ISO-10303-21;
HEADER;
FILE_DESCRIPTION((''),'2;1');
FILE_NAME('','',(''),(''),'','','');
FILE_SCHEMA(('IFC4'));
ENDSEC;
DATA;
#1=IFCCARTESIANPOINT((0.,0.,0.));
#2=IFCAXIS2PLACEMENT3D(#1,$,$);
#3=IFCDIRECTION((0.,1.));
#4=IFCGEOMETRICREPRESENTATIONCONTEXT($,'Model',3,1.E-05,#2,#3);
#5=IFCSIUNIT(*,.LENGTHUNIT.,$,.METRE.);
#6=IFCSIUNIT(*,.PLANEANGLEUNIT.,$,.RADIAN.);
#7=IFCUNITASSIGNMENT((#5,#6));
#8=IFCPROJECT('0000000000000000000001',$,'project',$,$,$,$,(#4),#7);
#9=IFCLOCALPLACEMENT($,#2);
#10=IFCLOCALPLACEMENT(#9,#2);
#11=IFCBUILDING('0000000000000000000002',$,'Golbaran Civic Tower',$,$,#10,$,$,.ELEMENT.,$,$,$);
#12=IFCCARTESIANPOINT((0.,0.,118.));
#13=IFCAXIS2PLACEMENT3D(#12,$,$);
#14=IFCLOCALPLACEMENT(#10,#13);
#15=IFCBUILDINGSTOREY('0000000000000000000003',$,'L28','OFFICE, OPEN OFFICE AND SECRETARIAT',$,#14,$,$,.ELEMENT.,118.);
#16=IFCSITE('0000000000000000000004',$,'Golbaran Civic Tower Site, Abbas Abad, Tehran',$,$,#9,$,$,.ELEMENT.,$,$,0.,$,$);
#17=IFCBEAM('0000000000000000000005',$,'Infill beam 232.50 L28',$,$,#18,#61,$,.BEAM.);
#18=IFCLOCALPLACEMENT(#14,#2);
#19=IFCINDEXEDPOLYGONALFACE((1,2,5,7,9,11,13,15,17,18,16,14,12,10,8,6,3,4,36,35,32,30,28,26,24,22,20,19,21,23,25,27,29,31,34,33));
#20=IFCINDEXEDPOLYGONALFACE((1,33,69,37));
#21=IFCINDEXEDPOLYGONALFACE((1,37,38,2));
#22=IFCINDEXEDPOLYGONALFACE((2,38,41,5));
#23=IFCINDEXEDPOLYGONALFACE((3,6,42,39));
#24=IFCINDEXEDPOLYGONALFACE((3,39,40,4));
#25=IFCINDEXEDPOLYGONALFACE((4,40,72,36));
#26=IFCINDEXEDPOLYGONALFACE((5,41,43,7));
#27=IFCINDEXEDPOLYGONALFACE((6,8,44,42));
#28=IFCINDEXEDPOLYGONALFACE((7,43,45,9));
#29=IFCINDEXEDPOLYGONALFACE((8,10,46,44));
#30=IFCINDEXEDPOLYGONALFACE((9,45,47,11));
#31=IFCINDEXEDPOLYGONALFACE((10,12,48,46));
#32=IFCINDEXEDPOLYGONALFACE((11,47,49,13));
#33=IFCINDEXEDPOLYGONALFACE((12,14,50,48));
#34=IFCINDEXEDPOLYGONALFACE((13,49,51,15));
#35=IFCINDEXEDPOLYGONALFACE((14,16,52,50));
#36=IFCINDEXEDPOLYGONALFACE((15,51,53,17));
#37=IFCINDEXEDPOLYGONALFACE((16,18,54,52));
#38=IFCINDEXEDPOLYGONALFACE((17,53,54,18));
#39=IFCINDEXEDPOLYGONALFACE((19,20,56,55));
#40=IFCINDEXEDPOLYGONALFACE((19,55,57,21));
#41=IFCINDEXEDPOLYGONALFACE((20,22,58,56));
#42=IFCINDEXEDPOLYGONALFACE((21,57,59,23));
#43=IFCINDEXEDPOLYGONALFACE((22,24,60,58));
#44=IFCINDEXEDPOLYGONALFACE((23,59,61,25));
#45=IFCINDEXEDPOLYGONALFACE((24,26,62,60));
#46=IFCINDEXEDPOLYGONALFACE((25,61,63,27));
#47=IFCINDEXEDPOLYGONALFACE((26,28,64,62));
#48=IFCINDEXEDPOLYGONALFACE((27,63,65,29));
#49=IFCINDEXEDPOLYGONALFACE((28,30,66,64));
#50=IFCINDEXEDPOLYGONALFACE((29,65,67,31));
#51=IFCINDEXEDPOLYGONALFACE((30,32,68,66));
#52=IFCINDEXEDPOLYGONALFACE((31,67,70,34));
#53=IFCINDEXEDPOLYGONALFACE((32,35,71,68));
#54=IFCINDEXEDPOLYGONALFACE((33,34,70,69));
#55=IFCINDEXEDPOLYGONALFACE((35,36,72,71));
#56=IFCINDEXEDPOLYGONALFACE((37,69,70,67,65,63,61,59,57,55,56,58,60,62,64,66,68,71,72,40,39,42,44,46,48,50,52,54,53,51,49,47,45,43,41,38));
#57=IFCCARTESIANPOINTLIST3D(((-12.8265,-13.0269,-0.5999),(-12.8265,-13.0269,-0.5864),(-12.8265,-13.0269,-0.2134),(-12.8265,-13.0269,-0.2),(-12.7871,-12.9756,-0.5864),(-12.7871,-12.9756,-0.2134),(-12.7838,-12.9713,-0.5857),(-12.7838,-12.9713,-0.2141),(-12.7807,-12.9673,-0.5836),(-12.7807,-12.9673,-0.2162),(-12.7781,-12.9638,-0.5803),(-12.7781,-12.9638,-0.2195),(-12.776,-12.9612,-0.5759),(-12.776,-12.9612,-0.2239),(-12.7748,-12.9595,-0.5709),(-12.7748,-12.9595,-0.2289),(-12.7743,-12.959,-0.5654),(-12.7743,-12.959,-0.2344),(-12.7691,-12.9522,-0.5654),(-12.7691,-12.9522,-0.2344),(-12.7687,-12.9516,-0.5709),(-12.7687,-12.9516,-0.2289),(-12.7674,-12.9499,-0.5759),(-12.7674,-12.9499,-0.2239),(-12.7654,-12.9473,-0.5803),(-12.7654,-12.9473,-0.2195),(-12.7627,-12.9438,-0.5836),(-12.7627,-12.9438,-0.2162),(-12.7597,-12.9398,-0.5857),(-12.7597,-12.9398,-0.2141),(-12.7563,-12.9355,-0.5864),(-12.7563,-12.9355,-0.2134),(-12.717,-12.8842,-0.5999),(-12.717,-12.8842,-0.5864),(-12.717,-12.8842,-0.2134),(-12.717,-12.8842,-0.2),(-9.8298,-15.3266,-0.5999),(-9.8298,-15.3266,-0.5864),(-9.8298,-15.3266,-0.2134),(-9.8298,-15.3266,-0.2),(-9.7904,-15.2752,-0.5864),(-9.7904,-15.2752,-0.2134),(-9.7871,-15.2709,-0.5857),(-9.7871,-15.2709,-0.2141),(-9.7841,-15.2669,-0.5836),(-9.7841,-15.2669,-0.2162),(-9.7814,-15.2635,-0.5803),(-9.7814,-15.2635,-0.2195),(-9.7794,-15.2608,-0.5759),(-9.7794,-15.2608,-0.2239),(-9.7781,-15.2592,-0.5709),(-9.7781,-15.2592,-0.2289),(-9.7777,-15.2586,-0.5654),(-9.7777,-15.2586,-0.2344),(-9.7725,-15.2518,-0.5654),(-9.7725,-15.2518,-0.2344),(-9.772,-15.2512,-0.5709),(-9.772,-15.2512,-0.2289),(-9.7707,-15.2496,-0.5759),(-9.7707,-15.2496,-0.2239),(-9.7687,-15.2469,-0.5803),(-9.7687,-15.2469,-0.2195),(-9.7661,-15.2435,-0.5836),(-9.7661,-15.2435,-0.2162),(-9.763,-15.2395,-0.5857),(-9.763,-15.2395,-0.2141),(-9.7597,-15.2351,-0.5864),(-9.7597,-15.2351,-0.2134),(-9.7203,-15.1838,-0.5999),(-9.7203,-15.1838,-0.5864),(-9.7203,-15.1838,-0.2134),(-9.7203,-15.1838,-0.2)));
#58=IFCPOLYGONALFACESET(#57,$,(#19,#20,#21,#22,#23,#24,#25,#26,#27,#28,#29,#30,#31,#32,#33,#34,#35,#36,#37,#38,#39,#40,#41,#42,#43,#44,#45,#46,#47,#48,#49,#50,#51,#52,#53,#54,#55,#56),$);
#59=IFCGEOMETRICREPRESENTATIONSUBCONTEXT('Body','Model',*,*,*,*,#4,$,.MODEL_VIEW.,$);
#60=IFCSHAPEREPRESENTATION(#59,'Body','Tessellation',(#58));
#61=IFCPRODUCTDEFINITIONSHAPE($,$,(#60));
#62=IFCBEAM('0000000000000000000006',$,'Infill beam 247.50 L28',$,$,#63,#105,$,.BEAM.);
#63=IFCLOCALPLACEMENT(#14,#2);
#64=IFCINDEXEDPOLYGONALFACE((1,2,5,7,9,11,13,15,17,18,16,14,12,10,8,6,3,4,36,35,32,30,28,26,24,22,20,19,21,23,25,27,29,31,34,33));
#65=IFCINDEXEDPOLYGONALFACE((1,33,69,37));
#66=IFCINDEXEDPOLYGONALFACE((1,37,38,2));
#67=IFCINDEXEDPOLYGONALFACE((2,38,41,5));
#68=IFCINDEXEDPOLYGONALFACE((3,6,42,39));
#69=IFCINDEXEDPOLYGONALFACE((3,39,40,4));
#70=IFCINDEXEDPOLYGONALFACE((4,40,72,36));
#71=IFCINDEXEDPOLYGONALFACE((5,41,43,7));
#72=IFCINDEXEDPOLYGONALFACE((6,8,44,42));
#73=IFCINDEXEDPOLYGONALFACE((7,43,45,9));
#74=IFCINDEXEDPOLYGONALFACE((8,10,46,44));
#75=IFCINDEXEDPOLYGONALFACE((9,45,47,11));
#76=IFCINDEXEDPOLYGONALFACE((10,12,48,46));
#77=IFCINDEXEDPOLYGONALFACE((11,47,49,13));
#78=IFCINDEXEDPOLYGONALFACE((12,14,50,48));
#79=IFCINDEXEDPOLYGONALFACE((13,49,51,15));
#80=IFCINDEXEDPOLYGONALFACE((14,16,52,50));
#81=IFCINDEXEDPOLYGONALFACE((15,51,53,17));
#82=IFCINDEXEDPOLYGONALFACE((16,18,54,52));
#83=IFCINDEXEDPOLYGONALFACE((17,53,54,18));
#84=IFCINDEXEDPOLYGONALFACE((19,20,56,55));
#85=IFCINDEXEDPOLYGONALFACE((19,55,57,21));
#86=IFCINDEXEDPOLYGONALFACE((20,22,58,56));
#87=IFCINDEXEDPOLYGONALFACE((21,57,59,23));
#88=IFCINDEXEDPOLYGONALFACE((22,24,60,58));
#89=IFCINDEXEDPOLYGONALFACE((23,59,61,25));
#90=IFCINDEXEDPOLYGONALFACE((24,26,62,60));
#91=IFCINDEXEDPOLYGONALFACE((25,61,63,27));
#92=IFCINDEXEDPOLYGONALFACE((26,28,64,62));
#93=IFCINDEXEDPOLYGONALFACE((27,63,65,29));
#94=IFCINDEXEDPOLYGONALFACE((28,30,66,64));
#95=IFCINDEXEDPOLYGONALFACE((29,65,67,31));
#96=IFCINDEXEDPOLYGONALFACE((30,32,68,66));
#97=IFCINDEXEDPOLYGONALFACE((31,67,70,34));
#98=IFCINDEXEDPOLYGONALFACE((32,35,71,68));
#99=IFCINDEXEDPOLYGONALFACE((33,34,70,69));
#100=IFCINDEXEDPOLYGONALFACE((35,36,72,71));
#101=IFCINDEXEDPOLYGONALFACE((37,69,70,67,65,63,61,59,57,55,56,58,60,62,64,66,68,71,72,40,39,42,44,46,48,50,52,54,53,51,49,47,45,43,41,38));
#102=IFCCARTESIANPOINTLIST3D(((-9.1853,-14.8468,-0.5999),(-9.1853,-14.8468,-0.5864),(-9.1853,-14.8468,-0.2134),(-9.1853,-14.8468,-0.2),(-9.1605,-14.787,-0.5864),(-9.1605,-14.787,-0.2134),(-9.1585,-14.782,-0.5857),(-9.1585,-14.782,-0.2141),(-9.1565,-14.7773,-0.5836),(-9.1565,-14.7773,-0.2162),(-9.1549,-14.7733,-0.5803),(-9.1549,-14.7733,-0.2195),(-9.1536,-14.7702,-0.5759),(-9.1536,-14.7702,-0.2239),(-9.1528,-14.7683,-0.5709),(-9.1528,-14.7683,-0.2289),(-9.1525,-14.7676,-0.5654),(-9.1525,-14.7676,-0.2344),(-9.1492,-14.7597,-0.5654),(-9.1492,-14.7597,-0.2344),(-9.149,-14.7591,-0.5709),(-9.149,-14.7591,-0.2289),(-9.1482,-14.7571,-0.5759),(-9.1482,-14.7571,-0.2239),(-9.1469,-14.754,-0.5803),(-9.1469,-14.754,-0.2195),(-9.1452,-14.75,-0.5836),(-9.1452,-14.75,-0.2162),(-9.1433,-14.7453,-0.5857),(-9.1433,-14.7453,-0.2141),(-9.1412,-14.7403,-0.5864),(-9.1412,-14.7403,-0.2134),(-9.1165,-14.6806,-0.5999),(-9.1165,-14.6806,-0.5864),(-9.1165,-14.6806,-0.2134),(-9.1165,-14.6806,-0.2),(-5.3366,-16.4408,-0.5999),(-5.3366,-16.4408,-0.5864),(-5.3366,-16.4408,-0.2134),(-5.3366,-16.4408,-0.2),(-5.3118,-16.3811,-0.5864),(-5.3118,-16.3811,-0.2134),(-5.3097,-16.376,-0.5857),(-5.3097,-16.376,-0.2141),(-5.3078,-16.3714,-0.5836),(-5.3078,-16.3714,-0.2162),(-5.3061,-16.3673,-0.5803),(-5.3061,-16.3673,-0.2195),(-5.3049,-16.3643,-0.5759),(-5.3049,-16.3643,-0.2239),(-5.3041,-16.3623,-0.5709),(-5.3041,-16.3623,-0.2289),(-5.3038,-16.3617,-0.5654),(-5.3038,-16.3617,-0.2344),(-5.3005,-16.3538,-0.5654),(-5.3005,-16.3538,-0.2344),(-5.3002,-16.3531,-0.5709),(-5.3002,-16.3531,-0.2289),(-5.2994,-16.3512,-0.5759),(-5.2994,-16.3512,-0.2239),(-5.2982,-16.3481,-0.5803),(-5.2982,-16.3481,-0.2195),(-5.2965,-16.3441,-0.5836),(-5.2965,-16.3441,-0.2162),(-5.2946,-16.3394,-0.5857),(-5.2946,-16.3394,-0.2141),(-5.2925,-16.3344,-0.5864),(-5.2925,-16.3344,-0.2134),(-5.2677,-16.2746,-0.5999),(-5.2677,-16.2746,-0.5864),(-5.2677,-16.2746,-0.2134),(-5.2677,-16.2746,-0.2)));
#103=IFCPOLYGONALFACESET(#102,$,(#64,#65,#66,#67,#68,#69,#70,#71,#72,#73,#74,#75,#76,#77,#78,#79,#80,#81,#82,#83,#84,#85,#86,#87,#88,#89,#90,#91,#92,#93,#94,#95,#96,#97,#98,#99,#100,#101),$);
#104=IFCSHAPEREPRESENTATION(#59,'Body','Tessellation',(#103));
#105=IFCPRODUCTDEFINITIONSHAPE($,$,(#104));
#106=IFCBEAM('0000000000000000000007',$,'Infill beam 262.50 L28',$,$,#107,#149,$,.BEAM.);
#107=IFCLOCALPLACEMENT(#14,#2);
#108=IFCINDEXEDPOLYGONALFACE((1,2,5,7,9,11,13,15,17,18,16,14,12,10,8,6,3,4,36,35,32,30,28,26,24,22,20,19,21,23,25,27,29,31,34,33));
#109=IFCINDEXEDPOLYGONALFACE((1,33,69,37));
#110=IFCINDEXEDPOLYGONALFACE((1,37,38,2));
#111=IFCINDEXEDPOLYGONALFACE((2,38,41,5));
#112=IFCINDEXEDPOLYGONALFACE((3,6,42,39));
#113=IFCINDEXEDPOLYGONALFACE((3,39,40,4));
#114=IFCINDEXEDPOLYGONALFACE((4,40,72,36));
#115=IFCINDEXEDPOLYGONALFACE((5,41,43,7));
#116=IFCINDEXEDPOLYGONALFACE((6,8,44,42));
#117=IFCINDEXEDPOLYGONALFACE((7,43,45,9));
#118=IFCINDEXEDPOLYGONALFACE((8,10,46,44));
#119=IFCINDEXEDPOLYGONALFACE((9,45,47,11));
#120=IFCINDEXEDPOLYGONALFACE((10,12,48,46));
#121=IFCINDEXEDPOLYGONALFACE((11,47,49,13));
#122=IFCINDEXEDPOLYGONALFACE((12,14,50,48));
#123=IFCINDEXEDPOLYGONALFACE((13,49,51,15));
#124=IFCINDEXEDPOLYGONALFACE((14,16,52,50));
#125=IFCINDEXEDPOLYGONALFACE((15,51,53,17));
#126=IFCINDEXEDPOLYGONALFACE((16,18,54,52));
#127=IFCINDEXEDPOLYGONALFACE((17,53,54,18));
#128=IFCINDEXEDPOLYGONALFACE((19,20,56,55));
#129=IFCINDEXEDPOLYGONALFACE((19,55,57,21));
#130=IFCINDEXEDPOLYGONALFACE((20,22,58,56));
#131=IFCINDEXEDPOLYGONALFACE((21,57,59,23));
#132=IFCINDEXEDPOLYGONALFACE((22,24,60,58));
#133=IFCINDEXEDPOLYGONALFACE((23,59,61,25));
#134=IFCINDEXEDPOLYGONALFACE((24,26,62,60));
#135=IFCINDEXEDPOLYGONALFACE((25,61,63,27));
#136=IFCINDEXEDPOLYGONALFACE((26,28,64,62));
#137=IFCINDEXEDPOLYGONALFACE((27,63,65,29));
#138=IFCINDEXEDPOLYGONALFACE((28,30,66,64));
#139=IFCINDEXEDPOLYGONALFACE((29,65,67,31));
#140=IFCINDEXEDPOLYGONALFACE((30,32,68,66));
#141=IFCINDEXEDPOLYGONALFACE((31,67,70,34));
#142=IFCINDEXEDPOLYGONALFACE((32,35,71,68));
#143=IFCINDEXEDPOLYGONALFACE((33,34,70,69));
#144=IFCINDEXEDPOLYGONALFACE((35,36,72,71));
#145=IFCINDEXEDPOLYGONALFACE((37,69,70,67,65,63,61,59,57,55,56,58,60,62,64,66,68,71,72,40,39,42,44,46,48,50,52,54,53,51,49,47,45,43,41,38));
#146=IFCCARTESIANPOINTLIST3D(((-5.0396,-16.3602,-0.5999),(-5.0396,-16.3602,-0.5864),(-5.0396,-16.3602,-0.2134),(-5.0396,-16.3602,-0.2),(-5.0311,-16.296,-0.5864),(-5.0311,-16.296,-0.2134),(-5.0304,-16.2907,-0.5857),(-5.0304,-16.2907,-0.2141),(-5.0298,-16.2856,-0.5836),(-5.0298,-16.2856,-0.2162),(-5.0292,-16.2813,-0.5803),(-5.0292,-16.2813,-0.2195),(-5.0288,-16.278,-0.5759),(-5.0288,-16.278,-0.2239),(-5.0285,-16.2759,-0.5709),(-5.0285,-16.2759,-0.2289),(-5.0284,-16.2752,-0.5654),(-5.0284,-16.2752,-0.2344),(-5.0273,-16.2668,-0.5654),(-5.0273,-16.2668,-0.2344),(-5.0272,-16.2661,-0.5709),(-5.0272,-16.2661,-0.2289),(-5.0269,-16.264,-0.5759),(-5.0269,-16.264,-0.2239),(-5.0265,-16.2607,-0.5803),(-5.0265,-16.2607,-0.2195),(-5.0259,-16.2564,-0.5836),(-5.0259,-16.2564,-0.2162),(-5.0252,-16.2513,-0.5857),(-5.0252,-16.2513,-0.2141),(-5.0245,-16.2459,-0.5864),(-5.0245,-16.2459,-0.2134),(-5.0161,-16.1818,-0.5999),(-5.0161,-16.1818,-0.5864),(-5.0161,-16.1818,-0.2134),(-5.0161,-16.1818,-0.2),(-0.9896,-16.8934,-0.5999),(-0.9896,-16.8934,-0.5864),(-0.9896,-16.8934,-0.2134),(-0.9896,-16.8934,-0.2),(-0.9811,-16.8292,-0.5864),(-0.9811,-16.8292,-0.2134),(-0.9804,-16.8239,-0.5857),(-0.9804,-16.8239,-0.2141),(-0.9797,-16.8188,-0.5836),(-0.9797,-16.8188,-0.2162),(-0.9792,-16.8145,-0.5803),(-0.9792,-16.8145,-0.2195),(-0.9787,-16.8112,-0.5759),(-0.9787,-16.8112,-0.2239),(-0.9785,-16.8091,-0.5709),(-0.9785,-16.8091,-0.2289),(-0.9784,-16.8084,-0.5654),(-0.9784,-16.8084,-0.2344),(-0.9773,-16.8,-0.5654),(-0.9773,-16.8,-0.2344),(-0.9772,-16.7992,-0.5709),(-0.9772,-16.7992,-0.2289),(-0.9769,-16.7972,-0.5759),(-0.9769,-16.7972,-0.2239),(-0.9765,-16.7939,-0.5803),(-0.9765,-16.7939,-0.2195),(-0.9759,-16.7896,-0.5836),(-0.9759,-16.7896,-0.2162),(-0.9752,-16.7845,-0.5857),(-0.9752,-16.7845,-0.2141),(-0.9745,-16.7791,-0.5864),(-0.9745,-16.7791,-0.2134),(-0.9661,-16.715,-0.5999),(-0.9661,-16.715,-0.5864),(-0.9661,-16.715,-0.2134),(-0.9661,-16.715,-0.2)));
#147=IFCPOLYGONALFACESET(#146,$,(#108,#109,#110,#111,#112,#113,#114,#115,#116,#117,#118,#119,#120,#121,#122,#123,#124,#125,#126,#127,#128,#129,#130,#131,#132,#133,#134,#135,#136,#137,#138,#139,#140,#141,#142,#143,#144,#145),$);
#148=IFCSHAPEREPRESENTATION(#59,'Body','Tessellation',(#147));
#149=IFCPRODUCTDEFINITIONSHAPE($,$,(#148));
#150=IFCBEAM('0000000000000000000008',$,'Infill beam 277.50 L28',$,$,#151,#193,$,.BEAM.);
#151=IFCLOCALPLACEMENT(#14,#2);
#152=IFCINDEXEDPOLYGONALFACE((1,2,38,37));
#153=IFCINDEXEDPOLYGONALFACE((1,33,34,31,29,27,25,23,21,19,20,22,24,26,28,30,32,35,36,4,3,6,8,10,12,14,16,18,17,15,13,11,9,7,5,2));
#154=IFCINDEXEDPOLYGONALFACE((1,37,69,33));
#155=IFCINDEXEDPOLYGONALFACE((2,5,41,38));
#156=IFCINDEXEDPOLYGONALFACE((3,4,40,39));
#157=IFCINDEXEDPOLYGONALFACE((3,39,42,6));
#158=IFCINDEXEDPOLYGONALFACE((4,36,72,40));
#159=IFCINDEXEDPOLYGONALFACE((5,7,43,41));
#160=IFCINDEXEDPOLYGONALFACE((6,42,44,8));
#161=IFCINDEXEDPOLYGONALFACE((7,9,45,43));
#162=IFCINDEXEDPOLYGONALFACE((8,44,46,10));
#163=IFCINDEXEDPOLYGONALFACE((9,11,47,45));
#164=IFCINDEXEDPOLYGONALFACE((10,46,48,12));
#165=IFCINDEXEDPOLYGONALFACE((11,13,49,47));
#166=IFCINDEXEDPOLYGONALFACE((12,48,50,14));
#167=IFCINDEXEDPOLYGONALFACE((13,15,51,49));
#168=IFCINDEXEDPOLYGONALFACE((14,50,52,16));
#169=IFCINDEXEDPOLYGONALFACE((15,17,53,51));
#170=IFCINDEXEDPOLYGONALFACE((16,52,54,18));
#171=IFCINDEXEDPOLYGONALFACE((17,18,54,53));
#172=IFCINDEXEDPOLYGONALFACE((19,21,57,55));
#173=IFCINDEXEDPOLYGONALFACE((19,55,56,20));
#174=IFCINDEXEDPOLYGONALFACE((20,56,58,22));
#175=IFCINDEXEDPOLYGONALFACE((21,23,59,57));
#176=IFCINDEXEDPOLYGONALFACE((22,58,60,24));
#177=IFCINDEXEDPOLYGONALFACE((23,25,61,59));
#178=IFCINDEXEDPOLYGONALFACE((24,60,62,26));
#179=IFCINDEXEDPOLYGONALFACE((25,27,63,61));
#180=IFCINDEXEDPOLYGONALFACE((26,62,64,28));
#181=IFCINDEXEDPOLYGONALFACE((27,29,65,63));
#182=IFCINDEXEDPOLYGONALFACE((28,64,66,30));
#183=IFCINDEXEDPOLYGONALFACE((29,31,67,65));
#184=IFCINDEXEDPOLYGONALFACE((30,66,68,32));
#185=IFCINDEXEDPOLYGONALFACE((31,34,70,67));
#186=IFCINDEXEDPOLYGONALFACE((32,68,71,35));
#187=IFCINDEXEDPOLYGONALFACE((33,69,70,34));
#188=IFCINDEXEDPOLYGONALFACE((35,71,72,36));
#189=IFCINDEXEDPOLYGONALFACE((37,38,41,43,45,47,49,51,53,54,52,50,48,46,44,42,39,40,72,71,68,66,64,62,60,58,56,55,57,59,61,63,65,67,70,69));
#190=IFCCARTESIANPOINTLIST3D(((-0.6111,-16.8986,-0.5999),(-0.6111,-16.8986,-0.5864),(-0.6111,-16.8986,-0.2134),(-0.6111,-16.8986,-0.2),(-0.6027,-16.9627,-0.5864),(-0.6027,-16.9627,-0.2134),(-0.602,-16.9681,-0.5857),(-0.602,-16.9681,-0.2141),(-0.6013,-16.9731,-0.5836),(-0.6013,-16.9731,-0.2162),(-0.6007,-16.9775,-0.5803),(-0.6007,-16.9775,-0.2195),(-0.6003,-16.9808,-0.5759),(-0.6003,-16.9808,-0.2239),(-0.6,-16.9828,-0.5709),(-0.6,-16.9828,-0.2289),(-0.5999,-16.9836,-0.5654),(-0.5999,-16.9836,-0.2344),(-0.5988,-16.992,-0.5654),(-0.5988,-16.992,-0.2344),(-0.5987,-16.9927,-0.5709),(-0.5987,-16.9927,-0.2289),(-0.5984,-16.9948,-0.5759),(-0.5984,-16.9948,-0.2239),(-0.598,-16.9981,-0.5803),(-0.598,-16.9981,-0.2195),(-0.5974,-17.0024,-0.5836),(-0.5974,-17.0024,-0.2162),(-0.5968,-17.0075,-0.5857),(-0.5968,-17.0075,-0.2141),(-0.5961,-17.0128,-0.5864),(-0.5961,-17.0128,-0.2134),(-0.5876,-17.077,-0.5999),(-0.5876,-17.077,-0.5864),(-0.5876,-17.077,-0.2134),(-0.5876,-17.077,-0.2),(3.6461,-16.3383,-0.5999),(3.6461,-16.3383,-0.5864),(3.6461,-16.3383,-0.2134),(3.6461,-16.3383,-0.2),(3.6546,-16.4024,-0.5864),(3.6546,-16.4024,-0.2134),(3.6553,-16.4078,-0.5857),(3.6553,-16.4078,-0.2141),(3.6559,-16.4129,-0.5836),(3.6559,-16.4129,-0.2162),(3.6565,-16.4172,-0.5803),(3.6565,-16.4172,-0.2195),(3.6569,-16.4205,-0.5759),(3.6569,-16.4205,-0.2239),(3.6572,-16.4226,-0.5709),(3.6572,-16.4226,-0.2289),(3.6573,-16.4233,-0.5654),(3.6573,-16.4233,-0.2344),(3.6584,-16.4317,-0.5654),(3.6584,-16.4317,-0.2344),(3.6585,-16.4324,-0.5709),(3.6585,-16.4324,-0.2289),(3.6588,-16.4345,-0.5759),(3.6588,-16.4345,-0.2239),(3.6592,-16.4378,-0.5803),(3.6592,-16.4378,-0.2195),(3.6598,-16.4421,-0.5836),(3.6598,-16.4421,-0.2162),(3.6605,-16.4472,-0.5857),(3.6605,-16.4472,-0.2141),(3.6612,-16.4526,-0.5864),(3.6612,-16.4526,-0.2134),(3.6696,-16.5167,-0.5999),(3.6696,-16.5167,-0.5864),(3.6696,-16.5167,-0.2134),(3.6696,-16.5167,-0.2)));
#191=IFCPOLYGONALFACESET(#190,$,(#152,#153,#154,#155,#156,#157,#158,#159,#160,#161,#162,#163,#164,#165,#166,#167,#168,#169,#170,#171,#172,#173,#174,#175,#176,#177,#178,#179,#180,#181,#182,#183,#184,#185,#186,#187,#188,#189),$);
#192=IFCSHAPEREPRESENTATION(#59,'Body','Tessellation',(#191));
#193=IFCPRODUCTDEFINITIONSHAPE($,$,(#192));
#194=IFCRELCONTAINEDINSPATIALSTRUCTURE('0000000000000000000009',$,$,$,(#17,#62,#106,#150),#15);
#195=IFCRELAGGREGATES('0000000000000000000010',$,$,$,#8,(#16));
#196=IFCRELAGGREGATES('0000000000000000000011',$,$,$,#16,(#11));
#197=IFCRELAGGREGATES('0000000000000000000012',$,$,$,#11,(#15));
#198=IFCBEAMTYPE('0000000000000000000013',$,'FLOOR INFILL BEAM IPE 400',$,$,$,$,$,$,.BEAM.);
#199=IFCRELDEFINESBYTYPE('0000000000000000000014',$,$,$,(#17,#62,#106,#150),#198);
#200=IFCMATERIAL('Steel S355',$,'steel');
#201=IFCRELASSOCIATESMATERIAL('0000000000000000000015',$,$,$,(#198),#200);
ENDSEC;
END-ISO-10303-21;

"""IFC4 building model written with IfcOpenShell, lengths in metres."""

from ifc_helpers import new_model, si_unit, direction, frame, origin, origin_2d, place, context, subcontext, project, spatial, i_section, extrude, material, material_profile, profile_set, type_object, element, save


model = new_model("IFC4")

# Units and contexts
model_context = context("Model", 3, precision=1e-05, world=origin(), true_north=direction((0.0, 1.0)))
body_context = subcontext(model_context, "Body", "Model", "MODEL_VIEW")
ifc_project = project(units=[si_unit("LENGTHUNIT", "METRE"), si_unit("PLANEANGLEUNIT", "RADIAN")], contexts=[model_context])

# Site, building, storey
site_placement = place(None, origin())
site = spatial("IfcSite", under=ifc_project, at=site_placement, Name="Golbaran Civic Tower Site, Abbas Abad, Tehran", CompositionType="ELEMENT", RefElevation=0.0)
building_placement = place(site_placement, origin())
building = spatial("IfcBuilding", under=site, at=building_placement, Name="Golbaran Civic Tower", CompositionType="ELEMENT")
storey_placement = place(building_placement, frame((0.0, 0.0, 118.0)))
storey = spatial("IfcBuildingStorey", under=building, at=storey_placement, Name="L28", Description="OFFICE, OPEN OFFICE AND SECRETARIAT", CompositionType="ELEMENT", Elevation=118.0)

# Beams
ifc_material_1 = material(Name="Steel S355", Category="steel")
ifc_material_profile_1 = material_profile(ifc_material_1, i_section(OverallWidth=0.1799, OverallDepth=0.3999, WebThickness=0.0085, FlangeThickness=0.0134, FilletRadius=0.021, at=origin_2d()), Name="IPE 400")
ifc_profile_set_1 = profile_set([ifc_material_profile_1], Name="Steel S355")
beam_type_1 = type_object("IfcBeamType", Name="FLOOR INFILL BEAM IPE 400", PredefinedType="BEAM", material=ifc_profile_set_1)
beam_1_placement = place(storey_placement, frame((-12.7717, -12.9556, -0.3999), z_axis=(0.793327, -0.608795, 0.0), x_axis=(0.608795, 0.793327, 0.0)))
element("IfcBeam", 1, at=beam_1_placement, inside=storey, type_object=beam_type_1, Name="Infill beam 232.50 L28", PredefinedType="BEAM", context=body_context, shape_type="SweptSolid", body=[
    extrude(i_section(OverallWidth=0.1799, OverallDepth=0.3999, WebThickness=0.0085, FlangeThickness=0.0134, FilletRadius=0.021, at=origin_2d()), origin(), (0.0, 0.0, 1.0), 3.7773),
])
beam_2_placement = place(storey_placement, frame((-9.1509, -14.7637, -0.3999), z_axis=(0.923893, -0.38265, 0.0), x_axis=(0.38265, 0.923893, 0.0)))
element("IfcBeam", 2, at=beam_2_placement, inside=storey, type_object=beam_type_1, Name="Infill beam 247.50 L28", PredefinedType="BEAM", context=body_context, shape_type="SweptSolid", body=[
    extrude(i_section(OverallWidth=0.1799, OverallDepth=0.3999, WebThickness=0.0085, FlangeThickness=0.0134, FilletRadius=0.021, at=origin_2d()), origin(), (0.0, 0.0, 1.0), 4.1658),
])
beam_3_placement = place(storey_placement, frame((-5.0278, -16.271, -0.3999), z_axis=(0.991445, -0.130527, 0.0), x_axis=(0.130527, 0.991445, 0.0)))
element("IfcBeam", 3, at=beam_3_placement, inside=storey, type_object=beam_type_1, Name="Infill beam 262.50 L28", PredefinedType="BEAM", context=body_context, shape_type="SweptSolid", body=[
    extrude(i_section(OverallWidth=0.1799, OverallDepth=0.3999, WebThickness=0.0085, FlangeThickness=0.0134, FilletRadius=0.021, at=origin_2d()), origin(), (0.0, 0.0, 1.0), 4.085),
])
beam_4_placement = place(storey_placement, frame((-0.5994, -16.9878, -0.3999), z_axis=(0.99145, 0.130484, 0.0), x_axis=(-0.130484, 0.99145, 0.0)))
element("IfcBeam", 4, at=beam_4_placement, inside=storey, type_object=beam_type_1, Name="Infill beam 277.50 L28", PredefinedType="BEAM", context=body_context, shape_type="SweptSolid", body=[
    extrude(i_section(OverallWidth=0.1799, OverallDepth=0.3999, WebThickness=0.0085, FlangeThickness=0.0134, FilletRadius=0.021, at=origin_2d()), origin(), (0.0, 0.0, 1.0), 4.2939),
])

save(model, "model.ifc")
